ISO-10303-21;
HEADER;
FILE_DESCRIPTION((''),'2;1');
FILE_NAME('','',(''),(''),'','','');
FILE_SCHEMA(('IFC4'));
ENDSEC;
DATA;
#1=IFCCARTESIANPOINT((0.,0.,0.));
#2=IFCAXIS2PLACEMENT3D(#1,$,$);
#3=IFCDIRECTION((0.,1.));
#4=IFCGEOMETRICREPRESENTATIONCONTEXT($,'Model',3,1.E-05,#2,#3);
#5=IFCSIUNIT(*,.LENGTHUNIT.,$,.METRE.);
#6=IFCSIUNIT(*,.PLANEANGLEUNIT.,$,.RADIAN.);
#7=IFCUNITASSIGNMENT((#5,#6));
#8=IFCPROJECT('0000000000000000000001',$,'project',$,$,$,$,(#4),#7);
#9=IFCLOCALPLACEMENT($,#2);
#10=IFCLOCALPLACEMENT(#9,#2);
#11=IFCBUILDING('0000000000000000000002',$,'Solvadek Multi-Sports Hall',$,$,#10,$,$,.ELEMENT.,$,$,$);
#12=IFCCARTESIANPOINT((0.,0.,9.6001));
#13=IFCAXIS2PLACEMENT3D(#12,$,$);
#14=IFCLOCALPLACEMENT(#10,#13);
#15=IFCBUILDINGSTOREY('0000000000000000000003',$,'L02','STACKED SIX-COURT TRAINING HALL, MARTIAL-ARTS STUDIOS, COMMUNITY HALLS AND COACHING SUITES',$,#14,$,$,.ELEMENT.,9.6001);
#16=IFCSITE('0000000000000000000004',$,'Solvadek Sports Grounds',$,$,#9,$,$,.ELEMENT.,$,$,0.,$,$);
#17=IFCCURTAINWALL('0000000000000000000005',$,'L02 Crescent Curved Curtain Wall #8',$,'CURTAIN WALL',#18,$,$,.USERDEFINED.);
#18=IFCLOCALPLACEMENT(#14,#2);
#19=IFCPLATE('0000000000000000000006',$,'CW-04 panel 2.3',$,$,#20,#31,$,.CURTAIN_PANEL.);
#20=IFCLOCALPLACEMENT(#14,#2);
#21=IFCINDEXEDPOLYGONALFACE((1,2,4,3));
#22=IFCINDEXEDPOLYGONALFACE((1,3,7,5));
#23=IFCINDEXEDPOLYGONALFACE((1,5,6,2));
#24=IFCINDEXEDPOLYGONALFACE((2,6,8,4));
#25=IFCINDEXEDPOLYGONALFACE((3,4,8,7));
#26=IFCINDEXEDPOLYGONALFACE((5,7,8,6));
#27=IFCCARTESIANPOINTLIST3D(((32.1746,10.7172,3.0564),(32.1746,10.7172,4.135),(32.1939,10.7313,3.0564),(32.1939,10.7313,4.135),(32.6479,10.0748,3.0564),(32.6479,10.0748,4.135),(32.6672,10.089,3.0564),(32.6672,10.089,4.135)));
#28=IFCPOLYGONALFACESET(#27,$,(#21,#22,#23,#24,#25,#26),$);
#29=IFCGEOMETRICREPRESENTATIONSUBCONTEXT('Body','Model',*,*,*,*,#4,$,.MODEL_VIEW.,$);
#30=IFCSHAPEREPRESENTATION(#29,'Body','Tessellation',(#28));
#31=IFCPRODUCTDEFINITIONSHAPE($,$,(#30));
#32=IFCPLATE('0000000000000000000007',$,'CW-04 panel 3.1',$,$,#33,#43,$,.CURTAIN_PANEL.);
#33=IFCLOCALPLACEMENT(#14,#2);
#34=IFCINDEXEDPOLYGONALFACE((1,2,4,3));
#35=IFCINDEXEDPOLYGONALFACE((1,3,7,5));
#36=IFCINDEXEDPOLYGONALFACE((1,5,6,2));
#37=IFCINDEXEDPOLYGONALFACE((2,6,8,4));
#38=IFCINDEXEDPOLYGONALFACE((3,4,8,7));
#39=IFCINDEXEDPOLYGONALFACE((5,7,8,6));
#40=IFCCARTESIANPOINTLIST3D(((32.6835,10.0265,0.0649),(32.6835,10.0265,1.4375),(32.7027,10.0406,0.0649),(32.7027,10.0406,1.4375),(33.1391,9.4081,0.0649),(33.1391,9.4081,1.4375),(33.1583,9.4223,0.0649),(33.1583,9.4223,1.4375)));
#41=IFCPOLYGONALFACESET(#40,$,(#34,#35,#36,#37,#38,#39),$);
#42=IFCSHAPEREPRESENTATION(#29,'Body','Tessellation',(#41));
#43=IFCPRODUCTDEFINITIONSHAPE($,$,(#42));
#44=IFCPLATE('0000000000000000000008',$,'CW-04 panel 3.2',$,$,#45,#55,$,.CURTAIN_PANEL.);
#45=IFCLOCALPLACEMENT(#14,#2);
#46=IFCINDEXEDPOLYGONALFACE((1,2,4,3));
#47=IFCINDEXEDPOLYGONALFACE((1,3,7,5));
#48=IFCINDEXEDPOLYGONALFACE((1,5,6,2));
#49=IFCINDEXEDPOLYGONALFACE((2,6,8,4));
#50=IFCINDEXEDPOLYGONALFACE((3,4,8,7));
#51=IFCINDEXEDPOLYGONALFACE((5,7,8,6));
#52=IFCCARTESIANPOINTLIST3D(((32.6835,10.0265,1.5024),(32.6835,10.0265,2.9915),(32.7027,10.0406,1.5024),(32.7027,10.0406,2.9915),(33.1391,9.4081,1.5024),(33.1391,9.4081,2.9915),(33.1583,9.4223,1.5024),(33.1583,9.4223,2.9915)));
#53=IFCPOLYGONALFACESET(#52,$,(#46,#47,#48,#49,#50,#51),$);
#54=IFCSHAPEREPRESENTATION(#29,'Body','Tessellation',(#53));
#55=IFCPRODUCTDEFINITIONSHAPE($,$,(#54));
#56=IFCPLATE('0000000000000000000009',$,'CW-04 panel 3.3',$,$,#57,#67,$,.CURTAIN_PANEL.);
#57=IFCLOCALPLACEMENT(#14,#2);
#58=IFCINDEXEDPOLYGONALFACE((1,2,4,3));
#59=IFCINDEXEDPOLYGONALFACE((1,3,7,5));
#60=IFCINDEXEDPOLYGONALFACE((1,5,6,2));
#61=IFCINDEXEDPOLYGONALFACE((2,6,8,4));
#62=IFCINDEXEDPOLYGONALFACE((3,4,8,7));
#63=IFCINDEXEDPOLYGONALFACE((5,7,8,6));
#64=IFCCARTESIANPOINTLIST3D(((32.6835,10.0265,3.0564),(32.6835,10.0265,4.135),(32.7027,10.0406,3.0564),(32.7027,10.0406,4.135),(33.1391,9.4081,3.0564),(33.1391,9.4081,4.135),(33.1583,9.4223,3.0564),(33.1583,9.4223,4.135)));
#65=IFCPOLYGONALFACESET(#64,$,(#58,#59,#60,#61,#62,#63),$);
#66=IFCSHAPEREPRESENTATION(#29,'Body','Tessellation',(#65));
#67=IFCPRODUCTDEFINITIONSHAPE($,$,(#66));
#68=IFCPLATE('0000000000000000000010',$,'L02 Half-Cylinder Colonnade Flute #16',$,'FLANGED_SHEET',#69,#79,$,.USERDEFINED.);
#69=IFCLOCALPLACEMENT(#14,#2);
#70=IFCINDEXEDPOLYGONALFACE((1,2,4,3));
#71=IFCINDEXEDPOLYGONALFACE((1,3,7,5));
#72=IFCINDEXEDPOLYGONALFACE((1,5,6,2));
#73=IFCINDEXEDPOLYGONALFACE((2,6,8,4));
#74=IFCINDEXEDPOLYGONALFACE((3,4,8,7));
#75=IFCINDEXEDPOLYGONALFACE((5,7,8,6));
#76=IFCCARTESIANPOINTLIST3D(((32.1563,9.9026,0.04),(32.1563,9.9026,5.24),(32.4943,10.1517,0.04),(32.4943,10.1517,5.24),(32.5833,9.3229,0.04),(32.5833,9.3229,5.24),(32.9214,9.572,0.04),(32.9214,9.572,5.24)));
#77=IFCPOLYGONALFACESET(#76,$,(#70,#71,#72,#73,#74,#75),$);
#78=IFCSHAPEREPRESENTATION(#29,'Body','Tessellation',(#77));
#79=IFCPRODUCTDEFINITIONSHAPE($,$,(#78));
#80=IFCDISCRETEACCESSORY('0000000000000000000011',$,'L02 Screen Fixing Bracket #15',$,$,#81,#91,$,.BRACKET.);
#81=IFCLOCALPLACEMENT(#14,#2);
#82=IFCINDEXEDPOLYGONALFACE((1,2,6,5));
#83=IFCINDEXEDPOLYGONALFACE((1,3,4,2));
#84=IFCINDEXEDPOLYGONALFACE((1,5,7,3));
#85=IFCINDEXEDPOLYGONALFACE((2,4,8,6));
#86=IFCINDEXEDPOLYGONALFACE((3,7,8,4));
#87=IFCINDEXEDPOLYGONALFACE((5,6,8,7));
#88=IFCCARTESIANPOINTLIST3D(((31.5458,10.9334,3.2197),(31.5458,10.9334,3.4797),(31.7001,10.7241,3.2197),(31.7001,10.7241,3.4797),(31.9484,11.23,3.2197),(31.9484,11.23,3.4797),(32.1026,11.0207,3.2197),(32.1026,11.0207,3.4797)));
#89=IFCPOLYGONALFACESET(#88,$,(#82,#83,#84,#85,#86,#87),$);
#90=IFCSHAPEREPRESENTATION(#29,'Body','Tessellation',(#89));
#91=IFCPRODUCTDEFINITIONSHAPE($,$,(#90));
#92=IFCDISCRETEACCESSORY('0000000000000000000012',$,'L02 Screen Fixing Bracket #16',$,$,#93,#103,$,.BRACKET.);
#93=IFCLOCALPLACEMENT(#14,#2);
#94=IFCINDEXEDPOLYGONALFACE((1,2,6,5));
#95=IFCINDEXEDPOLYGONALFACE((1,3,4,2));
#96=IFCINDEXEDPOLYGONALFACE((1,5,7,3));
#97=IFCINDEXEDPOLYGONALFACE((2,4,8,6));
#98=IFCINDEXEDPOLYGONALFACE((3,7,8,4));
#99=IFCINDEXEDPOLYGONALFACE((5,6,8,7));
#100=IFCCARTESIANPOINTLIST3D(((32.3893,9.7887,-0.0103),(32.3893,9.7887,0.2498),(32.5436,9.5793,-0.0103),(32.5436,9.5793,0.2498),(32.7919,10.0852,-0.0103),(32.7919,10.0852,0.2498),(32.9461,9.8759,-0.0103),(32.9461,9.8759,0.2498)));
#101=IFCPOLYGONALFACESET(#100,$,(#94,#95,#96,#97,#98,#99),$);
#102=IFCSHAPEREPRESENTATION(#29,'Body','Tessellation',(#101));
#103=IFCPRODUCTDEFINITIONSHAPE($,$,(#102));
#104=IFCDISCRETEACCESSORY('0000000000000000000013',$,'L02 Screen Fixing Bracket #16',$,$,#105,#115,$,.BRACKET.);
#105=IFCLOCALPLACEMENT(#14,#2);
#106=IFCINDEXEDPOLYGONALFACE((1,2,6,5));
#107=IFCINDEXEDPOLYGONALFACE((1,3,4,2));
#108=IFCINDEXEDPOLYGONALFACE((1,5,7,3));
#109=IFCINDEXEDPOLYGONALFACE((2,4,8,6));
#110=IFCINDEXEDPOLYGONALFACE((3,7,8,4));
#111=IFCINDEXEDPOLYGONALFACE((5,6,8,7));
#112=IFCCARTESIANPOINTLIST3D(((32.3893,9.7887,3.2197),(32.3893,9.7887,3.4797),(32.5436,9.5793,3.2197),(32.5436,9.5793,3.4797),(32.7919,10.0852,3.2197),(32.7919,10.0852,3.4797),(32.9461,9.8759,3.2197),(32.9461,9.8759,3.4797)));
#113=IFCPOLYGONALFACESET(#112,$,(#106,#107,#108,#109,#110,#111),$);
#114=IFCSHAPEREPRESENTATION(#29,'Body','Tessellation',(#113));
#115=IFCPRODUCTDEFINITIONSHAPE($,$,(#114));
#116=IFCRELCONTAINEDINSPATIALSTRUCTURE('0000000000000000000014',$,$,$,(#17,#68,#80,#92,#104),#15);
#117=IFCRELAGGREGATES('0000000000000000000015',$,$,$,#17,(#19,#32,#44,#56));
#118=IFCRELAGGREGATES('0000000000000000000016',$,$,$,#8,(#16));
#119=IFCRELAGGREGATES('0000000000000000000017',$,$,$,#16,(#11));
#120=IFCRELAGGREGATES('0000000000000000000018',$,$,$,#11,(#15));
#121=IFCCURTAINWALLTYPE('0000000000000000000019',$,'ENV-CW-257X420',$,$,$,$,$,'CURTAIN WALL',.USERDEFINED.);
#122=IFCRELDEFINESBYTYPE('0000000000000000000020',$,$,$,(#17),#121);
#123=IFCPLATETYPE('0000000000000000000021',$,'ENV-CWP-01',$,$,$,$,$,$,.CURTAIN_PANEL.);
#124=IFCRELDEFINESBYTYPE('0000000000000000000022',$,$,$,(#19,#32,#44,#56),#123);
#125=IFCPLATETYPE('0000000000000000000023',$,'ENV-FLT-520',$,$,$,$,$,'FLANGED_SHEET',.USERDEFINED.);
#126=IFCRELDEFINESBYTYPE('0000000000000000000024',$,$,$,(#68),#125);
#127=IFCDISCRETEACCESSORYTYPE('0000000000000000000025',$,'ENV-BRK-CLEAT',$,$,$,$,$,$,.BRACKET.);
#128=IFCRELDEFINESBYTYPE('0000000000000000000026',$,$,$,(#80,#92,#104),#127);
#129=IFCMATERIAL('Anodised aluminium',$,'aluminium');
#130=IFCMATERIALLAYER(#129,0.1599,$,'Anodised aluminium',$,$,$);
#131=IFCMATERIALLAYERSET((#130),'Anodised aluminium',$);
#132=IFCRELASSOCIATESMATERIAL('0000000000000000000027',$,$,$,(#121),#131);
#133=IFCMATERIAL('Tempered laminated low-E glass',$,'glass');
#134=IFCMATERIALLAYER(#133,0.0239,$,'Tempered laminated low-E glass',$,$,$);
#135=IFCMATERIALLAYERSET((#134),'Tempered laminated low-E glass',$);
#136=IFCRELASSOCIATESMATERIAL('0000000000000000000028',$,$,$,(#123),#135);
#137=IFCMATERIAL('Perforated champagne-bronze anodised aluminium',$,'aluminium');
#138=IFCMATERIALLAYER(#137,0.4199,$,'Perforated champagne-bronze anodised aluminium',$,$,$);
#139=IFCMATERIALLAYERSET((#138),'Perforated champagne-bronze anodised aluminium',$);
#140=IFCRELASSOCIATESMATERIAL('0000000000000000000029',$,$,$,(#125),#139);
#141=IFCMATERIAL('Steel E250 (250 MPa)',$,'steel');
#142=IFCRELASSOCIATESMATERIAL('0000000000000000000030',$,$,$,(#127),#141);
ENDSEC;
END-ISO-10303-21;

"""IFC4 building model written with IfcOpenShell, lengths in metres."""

from ifc_helpers import new_model, si_unit, direction, frame, origin, origin_2d, place, context, subcontext, project, spatial, rectangle, extrude, material, layer, layer_set, type_object, element, aggregate, save


model = new_model("IFC4")

# Units and contexts
model_context = context("Model", 3, precision=1e-05, world=origin(), true_north=direction((0.0, 1.0)))
body_context = subcontext(model_context, "Body", "Model", "MODEL_VIEW")
ifc_project = project(units=[si_unit("LENGTHUNIT", "METRE"), si_unit("PLANEANGLEUNIT", "RADIAN")], contexts=[model_context])

# Site, building, storey
site_placement = place(None, origin())
site = spatial("IfcSite", under=ifc_project, at=site_placement, Name="Solvadek Sports Grounds", CompositionType="ELEMENT", RefElevation=0.0)
building_placement = place(site_placement, origin())
building = spatial("IfcBuilding", under=site, at=building_placement, Name="Solvadek Multi-Sports Hall", CompositionType="ELEMENT")
storey_placement = place(building_placement, frame((0.0, 0.0, 9.6001)))
storey = spatial("IfcBuildingStorey", under=building, at=storey_placement, Name="L02", Description="STACKED SIX-COURT TRAINING HALL, MARTIAL-ARTS STUDIOS, COMMUNITY HALLS AND COACHING SUITES", CompositionType="ELEMENT", Elevation=9.6001)

# Curtain wall
ifc_material_1 = material(Name="Anodised aluminium", Category="aluminium")
ifc_layer_1 = layer(ifc_material_1, 0.1599, Name="Anodised aluminium")
ifc_layer_set_1 = layer_set([ifc_layer_1], Name="Anodised aluminium")
curtain_wall_type_1 = type_object("IfcCurtainWallType", Name="ENV-CW-257X420", ElementType="CURTAIN WALL", PredefinedType="USERDEFINED", material=ifc_layer_set_1)
curtain_wall_1_placement = place(storey_placement, origin())
curtain_wall_1 = element("IfcCurtainWall", 1, at=curtain_wall_1_placement, inside=storey, type_object=curtain_wall_type_1, Name="L02 Crescent Curved Curtain Wall #8", ObjectType="CURTAIN WALL", PredefinedType="USERDEFINED")

# Plates
ifc_material_2 = material(Name="Tempered laminated low-E glass", Category="glass")
ifc_layer_2 = layer(ifc_material_2, 0.0239, Name="Tempered laminated low-E glass")
ifc_layer_set_2 = layer_set([ifc_layer_2], Name="Tempered laminated low-E glass")
plate_type_1 = type_object("IfcPlateType", Name="ENV-CWP-01", PredefinedType="CURTAIN_PANEL", material=ifc_layer_set_2)
plate_1_placement = place(storey_placement, frame((32.4209, 10.4031, 3.0564), z_axis=(0.0, 0.0, 1.0), x_axis=(0.593153, -0.80509, 0.0)))
plate_1 = element("IfcPlate", 2, at=plate_1_placement, type_object=plate_type_1, Name="CW-04 panel 2.3", PredefinedType="CURTAIN_PANEL", context=body_context, shape_type="SweptSolid", body=[
    extrude(rectangle(XDim=0.7979, YDim=0.0239, at=origin_2d()), origin(), (0.0, 0.0, 1.0), 1.0786),
])
plate_2_placement = place(storey_placement, frame((32.9209, 9.7244, 0.0649), z_axis=(0.0, 0.0, 1.0), x_axis=(0.593153, -0.80509, 0.0)))
plate_2 = element("IfcPlate", 3, at=plate_2_placement, type_object=plate_type_1, Name="CW-04 panel 3.1", PredefinedType="CURTAIN_PANEL", context=body_context, shape_type="SweptSolid", body=[
    extrude(rectangle(XDim=0.7681, YDim=0.0239, at=origin_2d()), origin(), (0.0, 0.0, 1.0), 1.3726),
])
plate_3_placement = place(storey_placement, frame((32.9209, 9.7244, 1.5024), z_axis=(0.0, 0.0, 1.0), x_axis=(0.593153, -0.80509, 0.0)))
plate_3 = element("IfcPlate", 4, at=plate_3_placement, type_object=plate_type_1, Name="CW-04 panel 3.2", PredefinedType="CURTAIN_PANEL", context=body_context, shape_type="SweptSolid", body=[
    extrude(rectangle(XDim=0.7681, YDim=0.0239, at=origin_2d()), origin(), (0.0, 0.0, 1.0), 1.489),
])
plate_4_placement = place(storey_placement, frame((32.9209, 9.7244, 3.0564), z_axis=(0.0, 0.0, 1.0), x_axis=(0.593153, -0.80509, 0.0)))
plate_4 = element("IfcPlate", 5, at=plate_4_placement, type_object=plate_type_1, Name="CW-04 panel 3.3", PredefinedType="CURTAIN_PANEL", context=body_context, shape_type="SweptSolid", body=[
    extrude(rectangle(XDim=0.7681, YDim=0.0239, at=origin_2d()), origin(), (0.0, 0.0, 1.0), 1.0786),
])
aggregate(curtain_wall_1, [plate_1, plate_2, plate_3, plate_4])
ifc_material_3 = material(Name="Perforated champagne-bronze anodised aluminium", Category="aluminium")
ifc_layer_3 = layer(ifc_material_3, 0.4199, Name="Perforated champagne-bronze anodised aluminium")
ifc_layer_set_3 = layer_set([ifc_layer_3], Name="Perforated champagne-bronze anodised aluminium")
plate_type_2 = type_object("IfcPlateType", Name="ENV-FLT-520", ElementType="FLANGED_SHEET", PredefinedType="USERDEFINED", material=ifc_layer_set_3)
plate_5_placement = place(storey_placement, frame((32.5388, 9.7373, 0.04), z_axis=(0.0, 0.0, 1.0), x_axis=(0.593159, -0.805085, 0.0)))
element("IfcPlate", 6, at=plate_5_placement, inside=storey, type_object=plate_type_2, Name="L02 Half-Cylinder Colonnade Flute #16", ObjectType="FLANGED_SHEET", PredefinedType="USERDEFINED", context=body_context, shape_type="SweptSolid", body=[
    extrude(rectangle(XDim=0.72, YDim=0.4199, at=origin_2d()), origin(), (0.0, 0.0, 1.0), 5.2),
])

# Discrete accessories
ifc_material_4 = material(Name="Steel E250 (250 MPa)", Category="steel")
discrete_accessory_type = type_object("IfcDiscreteAccessoryType", Name="ENV-BRK-CLEAT", PredefinedType="BRACKET", material=ifc_material_4)
for number, where, z_axis, x_axis, name in (
    (7, (31.8242, 10.9771, 3.2197), (0.0, 0.0, 1.0), (0.593159, -0.805085, 0.0), "L02 Screen Fixing Bracket #15"),
    (8, (32.6677, 9.8323, -0.0103), (0.0, 0.0, 1.0), (0.593159, -0.805085, 0.0), "L02 Screen Fixing Bracket #16"),
    (9, (32.6677, 9.8323, 3.2197), (0.0, 0.0, 1.0), (0.593159, -0.805085, 0.0), "L02 Screen Fixing Bracket #16"),
):
    element("IfcDiscreteAccessory", number, at=place(storey_placement, frame(where, z_axis=z_axis, x_axis=x_axis)), inside=storey, type_object=discrete_accessory_type, Name=name, PredefinedType="BRACKET", context=body_context, shape_type="SweptSolid", body=[
        extrude(rectangle(XDim=0.26, YDim=0.5, at=origin_2d()), origin(), (0.0, 0.0, 1.0), 0.26),
    ])

save(model, "model.ifc")
